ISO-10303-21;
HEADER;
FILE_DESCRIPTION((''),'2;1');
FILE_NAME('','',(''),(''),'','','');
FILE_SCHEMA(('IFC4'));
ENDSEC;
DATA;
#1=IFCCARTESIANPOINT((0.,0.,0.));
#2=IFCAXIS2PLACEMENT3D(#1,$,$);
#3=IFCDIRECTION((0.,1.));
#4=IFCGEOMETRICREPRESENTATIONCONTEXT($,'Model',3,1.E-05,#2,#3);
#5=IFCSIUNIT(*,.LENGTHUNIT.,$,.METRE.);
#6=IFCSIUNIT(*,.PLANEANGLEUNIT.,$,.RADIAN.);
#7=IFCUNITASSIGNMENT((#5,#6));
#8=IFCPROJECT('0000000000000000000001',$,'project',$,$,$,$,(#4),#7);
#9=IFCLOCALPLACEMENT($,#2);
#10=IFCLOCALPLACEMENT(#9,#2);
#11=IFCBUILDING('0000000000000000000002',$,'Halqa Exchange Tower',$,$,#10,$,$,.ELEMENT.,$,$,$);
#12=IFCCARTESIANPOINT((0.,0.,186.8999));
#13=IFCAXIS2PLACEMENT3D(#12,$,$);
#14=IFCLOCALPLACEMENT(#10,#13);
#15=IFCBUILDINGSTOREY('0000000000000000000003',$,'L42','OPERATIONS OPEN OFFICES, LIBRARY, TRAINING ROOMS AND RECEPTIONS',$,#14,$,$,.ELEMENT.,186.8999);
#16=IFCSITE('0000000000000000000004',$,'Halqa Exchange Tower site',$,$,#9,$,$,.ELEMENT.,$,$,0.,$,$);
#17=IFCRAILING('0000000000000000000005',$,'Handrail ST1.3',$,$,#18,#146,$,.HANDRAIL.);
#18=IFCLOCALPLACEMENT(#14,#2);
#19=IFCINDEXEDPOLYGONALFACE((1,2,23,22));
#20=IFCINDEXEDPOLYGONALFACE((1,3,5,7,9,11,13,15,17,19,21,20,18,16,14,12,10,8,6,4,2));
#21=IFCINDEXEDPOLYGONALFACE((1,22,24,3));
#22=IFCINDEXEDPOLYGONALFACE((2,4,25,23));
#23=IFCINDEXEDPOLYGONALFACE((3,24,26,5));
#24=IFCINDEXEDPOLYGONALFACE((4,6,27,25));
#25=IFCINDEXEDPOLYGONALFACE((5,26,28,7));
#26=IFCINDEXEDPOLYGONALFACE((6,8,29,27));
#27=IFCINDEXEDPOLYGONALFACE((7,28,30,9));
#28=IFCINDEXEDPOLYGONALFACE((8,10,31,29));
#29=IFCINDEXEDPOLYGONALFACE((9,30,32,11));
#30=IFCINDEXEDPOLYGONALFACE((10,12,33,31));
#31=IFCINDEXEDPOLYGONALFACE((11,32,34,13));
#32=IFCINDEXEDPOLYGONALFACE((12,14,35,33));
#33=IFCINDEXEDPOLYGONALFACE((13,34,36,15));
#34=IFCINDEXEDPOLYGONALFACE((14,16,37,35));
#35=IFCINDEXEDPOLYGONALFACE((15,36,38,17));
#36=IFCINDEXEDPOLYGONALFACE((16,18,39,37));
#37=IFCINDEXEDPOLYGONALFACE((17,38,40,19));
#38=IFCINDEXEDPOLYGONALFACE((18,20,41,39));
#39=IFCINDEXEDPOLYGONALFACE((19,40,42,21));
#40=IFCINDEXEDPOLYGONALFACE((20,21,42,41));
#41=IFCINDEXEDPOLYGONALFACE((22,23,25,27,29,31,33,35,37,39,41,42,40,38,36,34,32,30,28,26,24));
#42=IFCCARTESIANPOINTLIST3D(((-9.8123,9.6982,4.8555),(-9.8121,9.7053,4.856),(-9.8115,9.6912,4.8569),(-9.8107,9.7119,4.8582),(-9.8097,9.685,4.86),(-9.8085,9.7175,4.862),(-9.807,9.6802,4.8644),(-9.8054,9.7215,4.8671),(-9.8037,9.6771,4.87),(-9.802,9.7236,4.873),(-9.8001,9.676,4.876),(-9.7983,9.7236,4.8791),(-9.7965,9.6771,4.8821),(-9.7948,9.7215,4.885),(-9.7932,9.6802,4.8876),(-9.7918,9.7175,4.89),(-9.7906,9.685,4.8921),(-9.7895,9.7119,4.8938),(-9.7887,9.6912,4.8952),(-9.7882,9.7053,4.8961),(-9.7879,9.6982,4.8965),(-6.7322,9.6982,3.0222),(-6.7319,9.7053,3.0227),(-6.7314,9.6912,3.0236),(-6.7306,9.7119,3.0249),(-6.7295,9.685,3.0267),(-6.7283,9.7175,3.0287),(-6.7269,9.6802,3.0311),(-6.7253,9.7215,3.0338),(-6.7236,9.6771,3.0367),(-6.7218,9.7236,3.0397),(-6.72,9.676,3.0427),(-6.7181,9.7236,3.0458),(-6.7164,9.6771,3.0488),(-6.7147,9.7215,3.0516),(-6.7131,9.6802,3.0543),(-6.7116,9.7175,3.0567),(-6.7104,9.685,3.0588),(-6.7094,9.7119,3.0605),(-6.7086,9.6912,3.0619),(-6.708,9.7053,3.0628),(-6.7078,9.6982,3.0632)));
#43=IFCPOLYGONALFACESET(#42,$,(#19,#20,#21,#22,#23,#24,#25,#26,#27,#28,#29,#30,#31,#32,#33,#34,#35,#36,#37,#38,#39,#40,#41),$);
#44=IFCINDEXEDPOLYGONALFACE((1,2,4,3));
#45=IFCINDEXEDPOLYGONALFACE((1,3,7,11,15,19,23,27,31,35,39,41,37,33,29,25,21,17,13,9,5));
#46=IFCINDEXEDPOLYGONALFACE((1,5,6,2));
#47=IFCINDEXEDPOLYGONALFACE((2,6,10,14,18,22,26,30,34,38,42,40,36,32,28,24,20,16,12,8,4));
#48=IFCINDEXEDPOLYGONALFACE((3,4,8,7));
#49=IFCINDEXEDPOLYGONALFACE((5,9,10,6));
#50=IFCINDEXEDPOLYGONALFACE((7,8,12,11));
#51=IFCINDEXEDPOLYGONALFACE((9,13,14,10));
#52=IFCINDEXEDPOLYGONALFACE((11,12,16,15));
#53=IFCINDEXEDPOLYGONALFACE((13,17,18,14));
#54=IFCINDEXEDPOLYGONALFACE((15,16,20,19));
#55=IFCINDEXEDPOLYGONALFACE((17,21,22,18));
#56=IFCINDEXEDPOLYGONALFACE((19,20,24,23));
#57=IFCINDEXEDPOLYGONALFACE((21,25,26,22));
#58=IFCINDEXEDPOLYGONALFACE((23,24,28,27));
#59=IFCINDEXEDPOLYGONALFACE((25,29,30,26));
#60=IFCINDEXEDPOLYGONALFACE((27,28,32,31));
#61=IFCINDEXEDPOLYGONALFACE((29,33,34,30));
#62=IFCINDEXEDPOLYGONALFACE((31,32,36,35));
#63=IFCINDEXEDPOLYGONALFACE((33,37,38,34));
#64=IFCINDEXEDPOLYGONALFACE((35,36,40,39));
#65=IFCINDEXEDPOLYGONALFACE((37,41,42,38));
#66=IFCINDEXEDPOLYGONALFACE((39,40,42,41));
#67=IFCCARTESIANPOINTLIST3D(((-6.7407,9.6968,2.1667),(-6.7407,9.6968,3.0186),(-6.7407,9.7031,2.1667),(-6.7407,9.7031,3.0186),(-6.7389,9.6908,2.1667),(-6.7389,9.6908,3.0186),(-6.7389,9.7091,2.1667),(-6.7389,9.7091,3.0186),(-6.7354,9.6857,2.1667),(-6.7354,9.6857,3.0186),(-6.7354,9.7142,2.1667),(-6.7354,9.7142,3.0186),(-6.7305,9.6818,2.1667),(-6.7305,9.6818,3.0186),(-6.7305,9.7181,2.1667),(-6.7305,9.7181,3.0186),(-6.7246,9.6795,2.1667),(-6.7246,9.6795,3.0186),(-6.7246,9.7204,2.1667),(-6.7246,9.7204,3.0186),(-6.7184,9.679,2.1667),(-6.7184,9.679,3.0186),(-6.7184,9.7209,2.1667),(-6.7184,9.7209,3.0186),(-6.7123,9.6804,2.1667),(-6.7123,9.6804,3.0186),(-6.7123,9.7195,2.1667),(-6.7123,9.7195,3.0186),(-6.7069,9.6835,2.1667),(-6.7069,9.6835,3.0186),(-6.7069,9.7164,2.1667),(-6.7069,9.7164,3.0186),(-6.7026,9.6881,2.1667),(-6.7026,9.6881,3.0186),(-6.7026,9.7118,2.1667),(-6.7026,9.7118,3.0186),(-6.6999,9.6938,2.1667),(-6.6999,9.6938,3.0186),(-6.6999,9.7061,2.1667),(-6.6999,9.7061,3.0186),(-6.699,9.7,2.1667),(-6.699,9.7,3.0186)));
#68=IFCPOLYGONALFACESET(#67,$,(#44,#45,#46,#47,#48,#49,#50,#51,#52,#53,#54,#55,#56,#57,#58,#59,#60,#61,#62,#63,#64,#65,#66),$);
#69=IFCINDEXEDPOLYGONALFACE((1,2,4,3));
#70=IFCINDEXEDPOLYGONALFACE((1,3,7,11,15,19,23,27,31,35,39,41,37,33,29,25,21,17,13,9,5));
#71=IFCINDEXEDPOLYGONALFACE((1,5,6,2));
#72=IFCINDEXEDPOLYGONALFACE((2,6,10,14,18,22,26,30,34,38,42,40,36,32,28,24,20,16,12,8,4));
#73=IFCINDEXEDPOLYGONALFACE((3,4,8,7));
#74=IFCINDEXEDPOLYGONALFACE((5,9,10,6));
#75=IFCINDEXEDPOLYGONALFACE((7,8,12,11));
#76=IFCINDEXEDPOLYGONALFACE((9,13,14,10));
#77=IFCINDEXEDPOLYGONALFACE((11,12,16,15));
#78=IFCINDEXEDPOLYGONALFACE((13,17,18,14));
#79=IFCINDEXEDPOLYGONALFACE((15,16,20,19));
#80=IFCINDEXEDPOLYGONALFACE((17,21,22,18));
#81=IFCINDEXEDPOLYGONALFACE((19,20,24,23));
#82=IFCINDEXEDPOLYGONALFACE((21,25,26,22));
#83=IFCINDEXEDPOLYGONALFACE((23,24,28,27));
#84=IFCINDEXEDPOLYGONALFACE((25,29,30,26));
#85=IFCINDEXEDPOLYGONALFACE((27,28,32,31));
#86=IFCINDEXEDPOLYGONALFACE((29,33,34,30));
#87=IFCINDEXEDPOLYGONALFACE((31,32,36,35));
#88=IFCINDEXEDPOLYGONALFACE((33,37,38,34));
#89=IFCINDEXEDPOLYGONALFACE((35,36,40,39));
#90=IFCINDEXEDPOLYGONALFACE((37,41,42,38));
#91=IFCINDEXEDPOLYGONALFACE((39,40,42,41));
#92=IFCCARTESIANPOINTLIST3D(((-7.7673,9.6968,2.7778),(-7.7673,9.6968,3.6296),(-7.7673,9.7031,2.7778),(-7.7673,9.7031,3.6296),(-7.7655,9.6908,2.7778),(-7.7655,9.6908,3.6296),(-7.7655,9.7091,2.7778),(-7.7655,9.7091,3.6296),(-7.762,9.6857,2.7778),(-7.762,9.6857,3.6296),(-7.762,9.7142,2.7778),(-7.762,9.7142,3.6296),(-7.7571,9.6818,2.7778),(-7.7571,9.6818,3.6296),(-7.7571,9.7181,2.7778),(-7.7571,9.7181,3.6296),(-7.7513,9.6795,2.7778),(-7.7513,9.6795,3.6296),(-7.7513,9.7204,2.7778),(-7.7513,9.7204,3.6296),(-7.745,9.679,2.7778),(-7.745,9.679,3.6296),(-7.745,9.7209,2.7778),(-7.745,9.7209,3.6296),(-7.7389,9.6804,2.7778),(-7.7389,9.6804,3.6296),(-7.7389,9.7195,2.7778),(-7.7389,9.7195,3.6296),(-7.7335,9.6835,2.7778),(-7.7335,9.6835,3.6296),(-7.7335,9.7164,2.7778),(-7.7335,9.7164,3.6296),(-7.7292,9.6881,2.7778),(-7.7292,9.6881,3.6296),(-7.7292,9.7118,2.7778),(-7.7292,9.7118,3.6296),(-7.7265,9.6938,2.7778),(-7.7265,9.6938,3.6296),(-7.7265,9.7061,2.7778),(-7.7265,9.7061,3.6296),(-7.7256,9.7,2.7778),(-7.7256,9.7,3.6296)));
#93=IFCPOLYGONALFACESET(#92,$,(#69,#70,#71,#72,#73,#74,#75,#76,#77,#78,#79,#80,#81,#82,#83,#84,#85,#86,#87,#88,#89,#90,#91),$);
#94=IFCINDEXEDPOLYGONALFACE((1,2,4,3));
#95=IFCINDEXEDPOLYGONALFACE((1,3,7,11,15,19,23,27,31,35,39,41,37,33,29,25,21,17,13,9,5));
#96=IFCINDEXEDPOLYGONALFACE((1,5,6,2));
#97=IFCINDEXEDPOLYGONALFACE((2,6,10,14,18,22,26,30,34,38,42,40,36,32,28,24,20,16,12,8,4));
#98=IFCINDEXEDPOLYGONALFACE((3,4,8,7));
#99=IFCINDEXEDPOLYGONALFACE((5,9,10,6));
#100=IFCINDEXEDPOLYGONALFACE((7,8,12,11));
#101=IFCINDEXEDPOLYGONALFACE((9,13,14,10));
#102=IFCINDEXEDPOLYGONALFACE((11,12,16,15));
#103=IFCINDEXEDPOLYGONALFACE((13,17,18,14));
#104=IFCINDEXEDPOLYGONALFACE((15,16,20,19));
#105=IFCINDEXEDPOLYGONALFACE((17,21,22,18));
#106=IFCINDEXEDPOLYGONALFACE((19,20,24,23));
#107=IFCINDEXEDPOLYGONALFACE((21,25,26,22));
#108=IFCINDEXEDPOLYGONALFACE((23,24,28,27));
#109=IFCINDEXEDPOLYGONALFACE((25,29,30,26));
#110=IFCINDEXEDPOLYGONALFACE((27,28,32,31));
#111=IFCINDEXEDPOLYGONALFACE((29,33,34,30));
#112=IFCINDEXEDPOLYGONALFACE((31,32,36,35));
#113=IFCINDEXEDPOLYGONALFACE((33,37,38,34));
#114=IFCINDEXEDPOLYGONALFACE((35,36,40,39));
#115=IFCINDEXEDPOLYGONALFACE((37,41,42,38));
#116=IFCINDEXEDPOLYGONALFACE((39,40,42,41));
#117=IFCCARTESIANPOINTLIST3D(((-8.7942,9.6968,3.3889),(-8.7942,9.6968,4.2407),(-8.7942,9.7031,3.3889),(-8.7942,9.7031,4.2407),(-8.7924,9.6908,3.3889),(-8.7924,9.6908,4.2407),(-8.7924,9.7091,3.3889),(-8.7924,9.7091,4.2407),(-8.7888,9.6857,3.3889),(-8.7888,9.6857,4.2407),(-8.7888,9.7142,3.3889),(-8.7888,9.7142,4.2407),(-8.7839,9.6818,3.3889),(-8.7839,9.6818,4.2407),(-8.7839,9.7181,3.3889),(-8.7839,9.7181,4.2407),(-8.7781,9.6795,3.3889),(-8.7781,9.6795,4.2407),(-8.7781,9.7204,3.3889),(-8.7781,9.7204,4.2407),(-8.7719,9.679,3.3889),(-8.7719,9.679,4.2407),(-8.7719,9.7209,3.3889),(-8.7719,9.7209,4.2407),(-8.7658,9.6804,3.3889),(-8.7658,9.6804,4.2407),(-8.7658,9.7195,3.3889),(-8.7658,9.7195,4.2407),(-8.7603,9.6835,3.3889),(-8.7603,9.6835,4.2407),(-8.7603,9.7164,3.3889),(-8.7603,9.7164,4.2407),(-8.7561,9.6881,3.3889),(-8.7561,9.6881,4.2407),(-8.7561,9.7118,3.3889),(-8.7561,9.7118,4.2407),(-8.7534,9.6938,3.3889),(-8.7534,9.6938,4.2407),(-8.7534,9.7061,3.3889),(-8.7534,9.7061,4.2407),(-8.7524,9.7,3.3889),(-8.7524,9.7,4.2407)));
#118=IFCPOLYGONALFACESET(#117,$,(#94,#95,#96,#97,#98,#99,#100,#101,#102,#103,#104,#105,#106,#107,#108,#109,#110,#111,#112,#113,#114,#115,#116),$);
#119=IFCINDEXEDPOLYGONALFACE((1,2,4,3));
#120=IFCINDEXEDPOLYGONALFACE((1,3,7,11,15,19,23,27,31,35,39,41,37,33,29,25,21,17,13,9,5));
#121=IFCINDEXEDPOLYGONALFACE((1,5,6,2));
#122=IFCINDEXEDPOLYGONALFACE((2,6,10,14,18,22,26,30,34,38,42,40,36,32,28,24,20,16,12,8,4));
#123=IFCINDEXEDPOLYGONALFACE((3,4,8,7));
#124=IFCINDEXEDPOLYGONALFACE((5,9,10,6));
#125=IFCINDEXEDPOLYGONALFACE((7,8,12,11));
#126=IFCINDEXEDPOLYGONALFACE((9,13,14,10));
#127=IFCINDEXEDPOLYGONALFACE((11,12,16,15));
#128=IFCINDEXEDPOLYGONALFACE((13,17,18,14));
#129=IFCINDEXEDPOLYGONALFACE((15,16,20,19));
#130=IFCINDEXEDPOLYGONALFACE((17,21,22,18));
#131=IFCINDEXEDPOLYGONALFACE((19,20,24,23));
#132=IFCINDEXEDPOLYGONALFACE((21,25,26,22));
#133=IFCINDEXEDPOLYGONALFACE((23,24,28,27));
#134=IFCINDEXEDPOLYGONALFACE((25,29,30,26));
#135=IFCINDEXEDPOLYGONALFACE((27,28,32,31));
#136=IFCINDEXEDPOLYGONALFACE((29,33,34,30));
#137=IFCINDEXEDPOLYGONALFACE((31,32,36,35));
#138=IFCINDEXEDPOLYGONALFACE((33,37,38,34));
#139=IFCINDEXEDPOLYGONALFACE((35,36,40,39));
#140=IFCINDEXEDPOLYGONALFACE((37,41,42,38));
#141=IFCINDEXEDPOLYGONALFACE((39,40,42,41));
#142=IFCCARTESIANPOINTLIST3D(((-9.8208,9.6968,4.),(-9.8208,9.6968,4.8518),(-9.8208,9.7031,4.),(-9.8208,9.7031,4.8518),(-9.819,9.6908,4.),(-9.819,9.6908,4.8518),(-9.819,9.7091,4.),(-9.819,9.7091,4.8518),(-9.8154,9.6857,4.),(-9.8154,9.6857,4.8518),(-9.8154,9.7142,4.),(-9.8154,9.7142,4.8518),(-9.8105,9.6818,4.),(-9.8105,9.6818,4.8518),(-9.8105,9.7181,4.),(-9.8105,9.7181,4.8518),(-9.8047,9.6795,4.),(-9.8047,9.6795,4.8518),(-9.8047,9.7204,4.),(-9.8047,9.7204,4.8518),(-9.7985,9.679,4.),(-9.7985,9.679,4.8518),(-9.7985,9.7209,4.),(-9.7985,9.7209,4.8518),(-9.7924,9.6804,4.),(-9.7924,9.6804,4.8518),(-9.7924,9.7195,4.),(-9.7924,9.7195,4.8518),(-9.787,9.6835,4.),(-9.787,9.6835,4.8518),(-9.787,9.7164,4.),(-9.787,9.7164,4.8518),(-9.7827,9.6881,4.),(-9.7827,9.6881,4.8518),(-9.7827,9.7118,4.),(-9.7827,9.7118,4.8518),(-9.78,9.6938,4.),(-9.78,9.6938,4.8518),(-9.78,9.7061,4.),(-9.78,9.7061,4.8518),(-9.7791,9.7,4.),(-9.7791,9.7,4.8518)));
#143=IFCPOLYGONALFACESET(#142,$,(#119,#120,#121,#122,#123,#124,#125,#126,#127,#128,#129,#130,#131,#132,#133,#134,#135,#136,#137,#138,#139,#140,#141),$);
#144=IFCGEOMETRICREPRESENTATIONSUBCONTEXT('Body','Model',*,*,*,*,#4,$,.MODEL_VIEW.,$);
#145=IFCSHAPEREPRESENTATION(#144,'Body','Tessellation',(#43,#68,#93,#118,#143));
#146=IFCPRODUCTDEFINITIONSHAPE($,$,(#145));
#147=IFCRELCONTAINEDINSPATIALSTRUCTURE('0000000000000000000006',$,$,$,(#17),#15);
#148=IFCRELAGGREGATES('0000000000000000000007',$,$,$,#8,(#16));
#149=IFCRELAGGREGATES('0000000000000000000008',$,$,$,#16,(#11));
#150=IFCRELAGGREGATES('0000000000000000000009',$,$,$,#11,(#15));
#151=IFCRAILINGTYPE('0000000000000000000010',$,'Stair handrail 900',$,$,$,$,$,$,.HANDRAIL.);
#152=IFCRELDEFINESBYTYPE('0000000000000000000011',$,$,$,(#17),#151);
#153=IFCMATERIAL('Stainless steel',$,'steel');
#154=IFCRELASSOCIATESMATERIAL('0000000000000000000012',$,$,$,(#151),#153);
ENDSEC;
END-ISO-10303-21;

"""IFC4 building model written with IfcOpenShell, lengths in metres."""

from ifc_helpers import new_model, si_unit, direction, frame, origin, origin_2d, place, context, subcontext, project, spatial, circle, extrude, material, type_object, element, save


model = new_model("IFC4")

# Units and contexts
model_context = context("Model", 3, precision=1e-05, world=origin(), true_north=direction((0.0, 1.0)))
body_context = subcontext(model_context, "Body", "Model", "MODEL_VIEW")
ifc_project = project(units=[si_unit("LENGTHUNIT", "METRE"), si_unit("PLANEANGLEUNIT", "RADIAN")], contexts=[model_context])

# Site, building, storey
site_placement = place(None, origin())
site = spatial("IfcSite", under=ifc_project, at=site_placement, Name="Halqa Exchange Tower site", CompositionType="ELEMENT", RefElevation=0.0)
building_placement = place(site_placement, origin())
building = spatial("IfcBuilding", under=site, at=building_placement, Name="Halqa Exchange Tower", CompositionType="ELEMENT")
storey_placement = place(building_placement, frame((0.0, 0.0, 186.8999)))
storey = spatial("IfcBuildingStorey", under=building, at=storey_placement, Name="L42", Description="OPERATIONS OPEN OFFICES, LIBRARY, TRAINING ROOMS AND RECEPTIONS", CompositionType="ELEMENT", Elevation=186.8999)

# Railing
ifc_material_1 = material(Name="Stainless steel", Category="steel")
railing_type_1 = type_object("IfcRailingType", Name="Stair handrail 900", PredefinedType="HANDRAIL", material=ifc_material_1)
railing_1_placement = place(storey_placement, frame((-6.72, 9.7, 2.1667)))
element("IfcRailing", 1, at=railing_1_placement, inside=storey, type_object=railing_type_1, Name="Handrail ST1.3", PredefinedType="HANDRAIL", context=body_context, shape_type="SweptSolid", body=[
    extrude(circle(Radius=0.0239, at=origin_2d()), frame((0.0, 0.0, 0.876), z_axis=(-0.859309, 0.0, 0.511458), x_axis=(0.0, -1.0, 0.0)), (0.0, 0.0, 1.0), 3.5845),
    extrude(circle(Radius=0.021, at=origin_2d()), origin(), (0.0, 0.0, 1.0), 0.8518),
    extrude(circle(Radius=0.021, at=origin_2d()), frame((-1.0266, 0.0, 0.6111)), (0.0, 0.0, 1.0), 0.8518),
    extrude(circle(Radius=0.021, at=origin_2d()), frame((-2.0535, 0.0, 1.2222)), (0.0, 0.0, 1.0), 0.8518),
    extrude(circle(Radius=0.021, at=origin_2d()), frame((-3.0801, 0.0, 1.8333)), (0.0, 0.0, 1.0), 0.8518),
])

save(model, "model.ifc")
